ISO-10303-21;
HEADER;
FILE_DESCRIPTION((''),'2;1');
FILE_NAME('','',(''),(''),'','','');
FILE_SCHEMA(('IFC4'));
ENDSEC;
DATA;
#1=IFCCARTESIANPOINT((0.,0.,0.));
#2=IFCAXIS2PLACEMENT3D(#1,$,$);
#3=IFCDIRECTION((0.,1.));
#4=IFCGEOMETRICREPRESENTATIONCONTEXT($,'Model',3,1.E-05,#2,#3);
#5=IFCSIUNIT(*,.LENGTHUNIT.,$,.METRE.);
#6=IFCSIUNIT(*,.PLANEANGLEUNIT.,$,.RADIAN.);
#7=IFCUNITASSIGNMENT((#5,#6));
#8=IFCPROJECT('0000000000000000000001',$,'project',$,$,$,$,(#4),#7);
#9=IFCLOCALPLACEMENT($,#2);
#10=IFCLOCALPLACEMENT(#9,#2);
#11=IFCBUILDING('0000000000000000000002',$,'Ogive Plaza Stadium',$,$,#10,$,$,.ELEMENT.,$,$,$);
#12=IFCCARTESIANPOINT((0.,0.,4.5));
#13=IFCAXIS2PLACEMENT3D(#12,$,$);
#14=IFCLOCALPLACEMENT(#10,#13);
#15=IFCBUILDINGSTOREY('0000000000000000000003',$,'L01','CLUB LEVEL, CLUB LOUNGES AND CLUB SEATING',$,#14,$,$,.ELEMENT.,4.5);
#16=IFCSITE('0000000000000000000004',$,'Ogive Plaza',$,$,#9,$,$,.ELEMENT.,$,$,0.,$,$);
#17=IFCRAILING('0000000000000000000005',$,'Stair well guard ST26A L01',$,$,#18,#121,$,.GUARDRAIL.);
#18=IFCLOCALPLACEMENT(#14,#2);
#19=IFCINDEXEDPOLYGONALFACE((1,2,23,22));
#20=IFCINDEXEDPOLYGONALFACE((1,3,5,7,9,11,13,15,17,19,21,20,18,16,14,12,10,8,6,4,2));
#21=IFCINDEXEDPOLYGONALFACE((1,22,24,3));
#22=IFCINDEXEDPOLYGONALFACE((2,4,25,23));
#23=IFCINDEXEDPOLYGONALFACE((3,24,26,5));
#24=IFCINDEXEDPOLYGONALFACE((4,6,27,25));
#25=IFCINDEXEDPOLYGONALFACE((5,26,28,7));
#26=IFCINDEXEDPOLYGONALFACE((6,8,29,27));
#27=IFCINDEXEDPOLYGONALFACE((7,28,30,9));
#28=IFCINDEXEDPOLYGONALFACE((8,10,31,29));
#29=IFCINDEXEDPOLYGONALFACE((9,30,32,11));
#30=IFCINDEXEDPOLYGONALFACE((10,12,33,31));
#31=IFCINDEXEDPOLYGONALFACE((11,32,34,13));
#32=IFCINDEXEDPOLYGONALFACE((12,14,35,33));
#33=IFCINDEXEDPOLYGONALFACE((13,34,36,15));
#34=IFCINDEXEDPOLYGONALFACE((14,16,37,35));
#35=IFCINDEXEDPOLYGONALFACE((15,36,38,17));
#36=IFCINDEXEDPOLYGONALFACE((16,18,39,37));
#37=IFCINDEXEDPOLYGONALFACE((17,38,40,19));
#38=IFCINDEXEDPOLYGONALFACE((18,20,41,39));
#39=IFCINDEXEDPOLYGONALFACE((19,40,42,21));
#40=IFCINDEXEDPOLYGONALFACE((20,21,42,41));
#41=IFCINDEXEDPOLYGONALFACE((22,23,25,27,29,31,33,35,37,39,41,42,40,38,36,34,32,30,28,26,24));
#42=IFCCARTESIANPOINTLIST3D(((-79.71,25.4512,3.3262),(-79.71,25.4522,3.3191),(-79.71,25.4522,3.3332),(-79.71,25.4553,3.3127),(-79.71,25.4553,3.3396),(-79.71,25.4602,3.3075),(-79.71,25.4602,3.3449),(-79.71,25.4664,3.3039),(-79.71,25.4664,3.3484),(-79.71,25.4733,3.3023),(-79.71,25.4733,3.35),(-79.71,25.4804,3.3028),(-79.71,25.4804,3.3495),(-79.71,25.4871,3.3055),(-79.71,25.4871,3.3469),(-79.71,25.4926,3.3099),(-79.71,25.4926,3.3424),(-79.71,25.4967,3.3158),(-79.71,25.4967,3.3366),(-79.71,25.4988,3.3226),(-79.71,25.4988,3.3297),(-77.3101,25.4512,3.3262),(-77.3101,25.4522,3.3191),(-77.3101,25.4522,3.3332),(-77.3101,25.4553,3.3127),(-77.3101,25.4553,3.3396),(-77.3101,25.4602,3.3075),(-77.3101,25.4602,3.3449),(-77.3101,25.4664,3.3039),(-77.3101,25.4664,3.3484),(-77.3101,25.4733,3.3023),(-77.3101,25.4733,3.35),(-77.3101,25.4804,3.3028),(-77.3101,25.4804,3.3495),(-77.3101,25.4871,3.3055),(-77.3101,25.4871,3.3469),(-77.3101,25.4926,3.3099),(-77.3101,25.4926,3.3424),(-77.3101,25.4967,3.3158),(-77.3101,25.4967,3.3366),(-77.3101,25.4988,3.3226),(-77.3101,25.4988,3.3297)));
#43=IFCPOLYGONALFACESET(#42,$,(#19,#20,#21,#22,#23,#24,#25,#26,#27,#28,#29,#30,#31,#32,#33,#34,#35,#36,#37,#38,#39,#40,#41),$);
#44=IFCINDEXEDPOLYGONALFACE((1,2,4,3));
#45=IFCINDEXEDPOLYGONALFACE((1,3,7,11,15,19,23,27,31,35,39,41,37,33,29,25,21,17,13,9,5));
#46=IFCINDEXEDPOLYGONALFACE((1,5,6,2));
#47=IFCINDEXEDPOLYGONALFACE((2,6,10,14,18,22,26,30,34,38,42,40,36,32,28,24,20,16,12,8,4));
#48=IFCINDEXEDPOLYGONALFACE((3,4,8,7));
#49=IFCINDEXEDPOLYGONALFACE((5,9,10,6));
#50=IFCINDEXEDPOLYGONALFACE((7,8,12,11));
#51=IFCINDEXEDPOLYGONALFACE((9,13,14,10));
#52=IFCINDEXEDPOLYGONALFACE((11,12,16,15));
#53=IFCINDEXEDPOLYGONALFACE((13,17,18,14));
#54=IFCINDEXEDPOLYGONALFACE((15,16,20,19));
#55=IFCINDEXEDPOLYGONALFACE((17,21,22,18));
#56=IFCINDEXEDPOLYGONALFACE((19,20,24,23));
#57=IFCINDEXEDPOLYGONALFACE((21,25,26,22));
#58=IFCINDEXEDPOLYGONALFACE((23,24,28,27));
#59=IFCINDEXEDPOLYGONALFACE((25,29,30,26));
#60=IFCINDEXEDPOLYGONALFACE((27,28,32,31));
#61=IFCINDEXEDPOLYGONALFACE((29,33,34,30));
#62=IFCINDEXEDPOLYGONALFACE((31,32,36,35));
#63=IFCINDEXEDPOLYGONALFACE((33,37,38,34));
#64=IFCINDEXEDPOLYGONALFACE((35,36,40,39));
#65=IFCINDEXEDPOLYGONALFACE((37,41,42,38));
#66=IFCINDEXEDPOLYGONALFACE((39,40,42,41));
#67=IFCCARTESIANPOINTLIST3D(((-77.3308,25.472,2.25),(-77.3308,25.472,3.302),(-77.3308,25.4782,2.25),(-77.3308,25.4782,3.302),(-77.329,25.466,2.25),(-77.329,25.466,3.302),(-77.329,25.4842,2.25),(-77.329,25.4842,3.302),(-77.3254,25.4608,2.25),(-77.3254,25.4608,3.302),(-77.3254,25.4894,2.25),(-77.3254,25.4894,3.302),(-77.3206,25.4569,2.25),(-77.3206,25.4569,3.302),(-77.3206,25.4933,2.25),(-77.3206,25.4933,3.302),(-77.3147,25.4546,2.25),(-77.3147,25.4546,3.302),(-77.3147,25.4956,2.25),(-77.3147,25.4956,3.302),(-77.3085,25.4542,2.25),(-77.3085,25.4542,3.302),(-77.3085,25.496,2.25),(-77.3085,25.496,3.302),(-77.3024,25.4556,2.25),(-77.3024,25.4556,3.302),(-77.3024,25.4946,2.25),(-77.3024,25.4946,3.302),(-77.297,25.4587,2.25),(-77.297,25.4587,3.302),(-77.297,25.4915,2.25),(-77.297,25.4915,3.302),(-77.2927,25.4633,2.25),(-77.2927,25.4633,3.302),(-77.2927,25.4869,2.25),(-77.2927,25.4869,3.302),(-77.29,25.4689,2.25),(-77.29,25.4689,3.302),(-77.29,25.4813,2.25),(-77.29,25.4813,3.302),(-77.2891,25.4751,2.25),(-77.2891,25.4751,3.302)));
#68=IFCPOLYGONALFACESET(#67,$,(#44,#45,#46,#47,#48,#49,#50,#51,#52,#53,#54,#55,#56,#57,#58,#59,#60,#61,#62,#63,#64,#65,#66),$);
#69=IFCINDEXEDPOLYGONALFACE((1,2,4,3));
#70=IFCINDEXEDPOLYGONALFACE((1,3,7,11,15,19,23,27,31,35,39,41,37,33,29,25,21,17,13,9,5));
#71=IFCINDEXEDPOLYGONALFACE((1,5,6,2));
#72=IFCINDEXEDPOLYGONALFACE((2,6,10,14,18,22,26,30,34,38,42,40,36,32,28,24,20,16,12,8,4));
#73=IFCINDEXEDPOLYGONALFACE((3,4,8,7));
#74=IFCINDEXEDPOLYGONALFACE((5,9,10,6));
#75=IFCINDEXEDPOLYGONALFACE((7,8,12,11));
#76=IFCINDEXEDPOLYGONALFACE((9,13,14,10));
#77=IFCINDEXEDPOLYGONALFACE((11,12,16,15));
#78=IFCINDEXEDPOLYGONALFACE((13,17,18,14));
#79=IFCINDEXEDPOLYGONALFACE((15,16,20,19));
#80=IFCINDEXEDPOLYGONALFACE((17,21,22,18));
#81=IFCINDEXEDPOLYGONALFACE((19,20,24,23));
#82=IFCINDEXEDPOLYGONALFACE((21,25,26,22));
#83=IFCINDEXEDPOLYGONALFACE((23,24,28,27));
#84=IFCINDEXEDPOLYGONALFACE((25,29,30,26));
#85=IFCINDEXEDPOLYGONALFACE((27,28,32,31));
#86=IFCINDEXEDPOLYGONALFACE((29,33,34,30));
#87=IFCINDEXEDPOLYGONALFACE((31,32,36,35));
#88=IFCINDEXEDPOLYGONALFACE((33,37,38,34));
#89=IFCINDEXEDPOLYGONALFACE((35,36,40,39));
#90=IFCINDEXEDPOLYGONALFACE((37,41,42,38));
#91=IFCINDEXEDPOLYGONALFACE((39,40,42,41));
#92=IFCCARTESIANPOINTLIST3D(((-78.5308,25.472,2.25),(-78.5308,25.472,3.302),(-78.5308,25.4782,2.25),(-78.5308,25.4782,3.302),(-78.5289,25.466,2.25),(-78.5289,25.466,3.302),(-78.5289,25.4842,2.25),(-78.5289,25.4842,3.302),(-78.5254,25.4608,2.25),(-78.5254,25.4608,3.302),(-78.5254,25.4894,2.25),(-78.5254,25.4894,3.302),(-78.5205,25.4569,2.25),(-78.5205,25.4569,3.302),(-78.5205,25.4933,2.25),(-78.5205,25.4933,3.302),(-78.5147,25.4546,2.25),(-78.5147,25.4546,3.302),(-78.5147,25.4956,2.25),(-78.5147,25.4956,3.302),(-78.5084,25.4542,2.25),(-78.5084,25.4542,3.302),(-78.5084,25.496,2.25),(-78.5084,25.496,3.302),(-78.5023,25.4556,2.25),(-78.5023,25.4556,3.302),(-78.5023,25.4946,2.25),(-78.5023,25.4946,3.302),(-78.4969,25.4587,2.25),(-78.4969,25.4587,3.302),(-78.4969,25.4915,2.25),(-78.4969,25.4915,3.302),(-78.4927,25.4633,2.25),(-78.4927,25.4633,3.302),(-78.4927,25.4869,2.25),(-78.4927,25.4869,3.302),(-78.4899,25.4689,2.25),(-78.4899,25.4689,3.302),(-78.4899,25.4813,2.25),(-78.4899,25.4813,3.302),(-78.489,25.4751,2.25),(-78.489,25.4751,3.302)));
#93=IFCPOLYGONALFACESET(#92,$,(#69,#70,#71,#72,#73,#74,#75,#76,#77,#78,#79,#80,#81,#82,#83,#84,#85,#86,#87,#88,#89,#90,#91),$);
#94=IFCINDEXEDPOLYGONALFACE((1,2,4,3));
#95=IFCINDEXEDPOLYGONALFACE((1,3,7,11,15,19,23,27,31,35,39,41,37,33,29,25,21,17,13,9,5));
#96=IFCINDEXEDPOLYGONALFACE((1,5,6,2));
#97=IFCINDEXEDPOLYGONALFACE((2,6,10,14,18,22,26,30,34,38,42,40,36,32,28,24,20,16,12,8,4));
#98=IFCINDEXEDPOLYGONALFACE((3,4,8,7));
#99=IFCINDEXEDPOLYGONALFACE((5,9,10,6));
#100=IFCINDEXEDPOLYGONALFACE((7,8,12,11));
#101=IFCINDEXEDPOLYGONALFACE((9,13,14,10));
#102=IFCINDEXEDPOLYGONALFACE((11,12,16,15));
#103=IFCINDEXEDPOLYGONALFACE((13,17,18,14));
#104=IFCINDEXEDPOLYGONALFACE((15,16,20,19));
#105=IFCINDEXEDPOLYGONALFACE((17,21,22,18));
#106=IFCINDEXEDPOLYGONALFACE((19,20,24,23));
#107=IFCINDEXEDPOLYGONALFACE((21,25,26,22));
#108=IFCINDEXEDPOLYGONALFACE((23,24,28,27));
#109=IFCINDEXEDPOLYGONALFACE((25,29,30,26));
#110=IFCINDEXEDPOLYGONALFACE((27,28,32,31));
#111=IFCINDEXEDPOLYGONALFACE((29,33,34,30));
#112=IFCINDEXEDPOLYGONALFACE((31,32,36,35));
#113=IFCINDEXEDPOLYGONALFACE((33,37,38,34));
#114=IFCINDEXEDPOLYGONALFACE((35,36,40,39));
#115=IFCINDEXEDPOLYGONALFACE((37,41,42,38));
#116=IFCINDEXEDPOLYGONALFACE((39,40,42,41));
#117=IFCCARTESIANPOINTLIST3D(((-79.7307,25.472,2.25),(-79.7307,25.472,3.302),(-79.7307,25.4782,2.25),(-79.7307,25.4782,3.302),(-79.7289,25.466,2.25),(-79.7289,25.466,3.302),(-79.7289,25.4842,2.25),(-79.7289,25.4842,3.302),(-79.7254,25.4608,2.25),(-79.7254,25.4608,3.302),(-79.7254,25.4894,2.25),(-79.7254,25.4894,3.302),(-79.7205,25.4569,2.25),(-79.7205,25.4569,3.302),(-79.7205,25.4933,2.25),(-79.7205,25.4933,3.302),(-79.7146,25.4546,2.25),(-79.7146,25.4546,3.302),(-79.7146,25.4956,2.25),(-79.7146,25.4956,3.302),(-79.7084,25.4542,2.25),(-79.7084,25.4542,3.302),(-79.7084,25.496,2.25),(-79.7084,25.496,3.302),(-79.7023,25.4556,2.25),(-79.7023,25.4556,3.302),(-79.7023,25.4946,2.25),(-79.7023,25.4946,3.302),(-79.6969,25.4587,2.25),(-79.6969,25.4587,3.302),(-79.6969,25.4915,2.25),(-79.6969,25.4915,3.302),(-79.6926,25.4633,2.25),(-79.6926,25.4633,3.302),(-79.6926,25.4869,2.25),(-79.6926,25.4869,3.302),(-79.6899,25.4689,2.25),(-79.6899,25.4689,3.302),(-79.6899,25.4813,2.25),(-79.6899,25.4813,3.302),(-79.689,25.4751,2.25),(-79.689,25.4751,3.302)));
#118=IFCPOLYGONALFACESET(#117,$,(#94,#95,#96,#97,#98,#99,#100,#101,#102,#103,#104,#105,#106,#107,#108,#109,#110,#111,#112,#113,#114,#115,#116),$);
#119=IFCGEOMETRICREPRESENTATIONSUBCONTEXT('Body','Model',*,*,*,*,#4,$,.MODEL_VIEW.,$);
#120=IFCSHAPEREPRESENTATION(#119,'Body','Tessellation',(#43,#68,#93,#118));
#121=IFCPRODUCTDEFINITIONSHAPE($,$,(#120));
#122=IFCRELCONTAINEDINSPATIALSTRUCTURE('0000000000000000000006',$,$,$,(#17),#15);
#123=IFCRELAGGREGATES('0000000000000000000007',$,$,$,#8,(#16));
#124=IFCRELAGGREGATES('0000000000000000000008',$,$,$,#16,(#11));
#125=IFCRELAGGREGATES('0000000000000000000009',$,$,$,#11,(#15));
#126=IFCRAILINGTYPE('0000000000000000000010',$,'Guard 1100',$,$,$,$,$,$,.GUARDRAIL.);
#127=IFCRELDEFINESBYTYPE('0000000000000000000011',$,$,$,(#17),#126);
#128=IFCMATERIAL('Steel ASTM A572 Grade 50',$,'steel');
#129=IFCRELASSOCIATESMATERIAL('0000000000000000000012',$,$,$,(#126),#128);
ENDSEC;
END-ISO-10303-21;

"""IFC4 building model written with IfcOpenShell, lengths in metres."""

from ifc_helpers import new_model, si_unit, direction, frame, origin, origin_2d, place, context, subcontext, project, spatial, circle, extrude, material, type_object, element, save


model = new_model("IFC4")

# Units and contexts
model_context = context("Model", 3, precision=1e-05, world=origin(), true_north=direction((0.0, 1.0)))
body_context = subcontext(model_context, "Body", "Model", "MODEL_VIEW")
ifc_project = project(units=[si_unit("LENGTHUNIT", "METRE"), si_unit("PLANEANGLEUNIT", "RADIAN")], contexts=[model_context])

# Site, building, storey
site_placement = place(None, origin())
site = spatial("IfcSite", under=ifc_project, at=site_placement, Name="Ogive Plaza", CompositionType="ELEMENT", RefElevation=0.0)
building_placement = place(site_placement, origin())
building = spatial("IfcBuilding", under=site, at=building_placement, Name="Ogive Plaza Stadium", CompositionType="ELEMENT")
storey_placement = place(building_placement, frame((0.0, 0.0, 4.5)))
storey = spatial("IfcBuildingStorey", under=building, at=storey_placement, Name="L01", Description="CLUB LEVEL, CLUB LOUNGES AND CLUB SEATING", CompositionType="ELEMENT", Elevation=4.5)

# Railing
ifc_material_1 = material(Name="Steel ASTM A572 Grade 50", Category="steel")
railing_type_1 = type_object("IfcRailingType", Name="Guard 1100", PredefinedType="GUARDRAIL", material=ifc_material_1)
for number, where, name in (
    (1, (-77.3101, 25.4751, 2.25), "Stair well guard ST26A L01"),
):
    element("IfcRailing", number, at=place(storey_placement, frame(where)), inside=storey, type_object=railing_type_1, Name=name, PredefinedType="GUARDRAIL", context=body_context, shape_type="SweptSolid", body=[
        extrude(circle(Radius=0.0239, at=origin_2d()), frame((0.0, 0.0, 1.0762), z_axis=(-1.0, 0.0, 0.0), x_axis=(0.0, -1.0, 0.0)), (0.0, 0.0, 1.0), 2.3999),
        extrude(circle(Radius=0.021, at=origin_2d()), origin(), (0.0, 0.0, 1.0), 1.052),
        extrude(circle(Radius=0.021, at=origin_2d()), frame((-1.2, 0.0, 0.0)), (0.0, 0.0, 1.0), 1.052),
        extrude(circle(Radius=0.021, at=origin_2d()), frame((-2.3999, 0.0, 0.0)), (0.0, 0.0, 1.0), 1.052),
    ])

save(model, "model.ifc")
